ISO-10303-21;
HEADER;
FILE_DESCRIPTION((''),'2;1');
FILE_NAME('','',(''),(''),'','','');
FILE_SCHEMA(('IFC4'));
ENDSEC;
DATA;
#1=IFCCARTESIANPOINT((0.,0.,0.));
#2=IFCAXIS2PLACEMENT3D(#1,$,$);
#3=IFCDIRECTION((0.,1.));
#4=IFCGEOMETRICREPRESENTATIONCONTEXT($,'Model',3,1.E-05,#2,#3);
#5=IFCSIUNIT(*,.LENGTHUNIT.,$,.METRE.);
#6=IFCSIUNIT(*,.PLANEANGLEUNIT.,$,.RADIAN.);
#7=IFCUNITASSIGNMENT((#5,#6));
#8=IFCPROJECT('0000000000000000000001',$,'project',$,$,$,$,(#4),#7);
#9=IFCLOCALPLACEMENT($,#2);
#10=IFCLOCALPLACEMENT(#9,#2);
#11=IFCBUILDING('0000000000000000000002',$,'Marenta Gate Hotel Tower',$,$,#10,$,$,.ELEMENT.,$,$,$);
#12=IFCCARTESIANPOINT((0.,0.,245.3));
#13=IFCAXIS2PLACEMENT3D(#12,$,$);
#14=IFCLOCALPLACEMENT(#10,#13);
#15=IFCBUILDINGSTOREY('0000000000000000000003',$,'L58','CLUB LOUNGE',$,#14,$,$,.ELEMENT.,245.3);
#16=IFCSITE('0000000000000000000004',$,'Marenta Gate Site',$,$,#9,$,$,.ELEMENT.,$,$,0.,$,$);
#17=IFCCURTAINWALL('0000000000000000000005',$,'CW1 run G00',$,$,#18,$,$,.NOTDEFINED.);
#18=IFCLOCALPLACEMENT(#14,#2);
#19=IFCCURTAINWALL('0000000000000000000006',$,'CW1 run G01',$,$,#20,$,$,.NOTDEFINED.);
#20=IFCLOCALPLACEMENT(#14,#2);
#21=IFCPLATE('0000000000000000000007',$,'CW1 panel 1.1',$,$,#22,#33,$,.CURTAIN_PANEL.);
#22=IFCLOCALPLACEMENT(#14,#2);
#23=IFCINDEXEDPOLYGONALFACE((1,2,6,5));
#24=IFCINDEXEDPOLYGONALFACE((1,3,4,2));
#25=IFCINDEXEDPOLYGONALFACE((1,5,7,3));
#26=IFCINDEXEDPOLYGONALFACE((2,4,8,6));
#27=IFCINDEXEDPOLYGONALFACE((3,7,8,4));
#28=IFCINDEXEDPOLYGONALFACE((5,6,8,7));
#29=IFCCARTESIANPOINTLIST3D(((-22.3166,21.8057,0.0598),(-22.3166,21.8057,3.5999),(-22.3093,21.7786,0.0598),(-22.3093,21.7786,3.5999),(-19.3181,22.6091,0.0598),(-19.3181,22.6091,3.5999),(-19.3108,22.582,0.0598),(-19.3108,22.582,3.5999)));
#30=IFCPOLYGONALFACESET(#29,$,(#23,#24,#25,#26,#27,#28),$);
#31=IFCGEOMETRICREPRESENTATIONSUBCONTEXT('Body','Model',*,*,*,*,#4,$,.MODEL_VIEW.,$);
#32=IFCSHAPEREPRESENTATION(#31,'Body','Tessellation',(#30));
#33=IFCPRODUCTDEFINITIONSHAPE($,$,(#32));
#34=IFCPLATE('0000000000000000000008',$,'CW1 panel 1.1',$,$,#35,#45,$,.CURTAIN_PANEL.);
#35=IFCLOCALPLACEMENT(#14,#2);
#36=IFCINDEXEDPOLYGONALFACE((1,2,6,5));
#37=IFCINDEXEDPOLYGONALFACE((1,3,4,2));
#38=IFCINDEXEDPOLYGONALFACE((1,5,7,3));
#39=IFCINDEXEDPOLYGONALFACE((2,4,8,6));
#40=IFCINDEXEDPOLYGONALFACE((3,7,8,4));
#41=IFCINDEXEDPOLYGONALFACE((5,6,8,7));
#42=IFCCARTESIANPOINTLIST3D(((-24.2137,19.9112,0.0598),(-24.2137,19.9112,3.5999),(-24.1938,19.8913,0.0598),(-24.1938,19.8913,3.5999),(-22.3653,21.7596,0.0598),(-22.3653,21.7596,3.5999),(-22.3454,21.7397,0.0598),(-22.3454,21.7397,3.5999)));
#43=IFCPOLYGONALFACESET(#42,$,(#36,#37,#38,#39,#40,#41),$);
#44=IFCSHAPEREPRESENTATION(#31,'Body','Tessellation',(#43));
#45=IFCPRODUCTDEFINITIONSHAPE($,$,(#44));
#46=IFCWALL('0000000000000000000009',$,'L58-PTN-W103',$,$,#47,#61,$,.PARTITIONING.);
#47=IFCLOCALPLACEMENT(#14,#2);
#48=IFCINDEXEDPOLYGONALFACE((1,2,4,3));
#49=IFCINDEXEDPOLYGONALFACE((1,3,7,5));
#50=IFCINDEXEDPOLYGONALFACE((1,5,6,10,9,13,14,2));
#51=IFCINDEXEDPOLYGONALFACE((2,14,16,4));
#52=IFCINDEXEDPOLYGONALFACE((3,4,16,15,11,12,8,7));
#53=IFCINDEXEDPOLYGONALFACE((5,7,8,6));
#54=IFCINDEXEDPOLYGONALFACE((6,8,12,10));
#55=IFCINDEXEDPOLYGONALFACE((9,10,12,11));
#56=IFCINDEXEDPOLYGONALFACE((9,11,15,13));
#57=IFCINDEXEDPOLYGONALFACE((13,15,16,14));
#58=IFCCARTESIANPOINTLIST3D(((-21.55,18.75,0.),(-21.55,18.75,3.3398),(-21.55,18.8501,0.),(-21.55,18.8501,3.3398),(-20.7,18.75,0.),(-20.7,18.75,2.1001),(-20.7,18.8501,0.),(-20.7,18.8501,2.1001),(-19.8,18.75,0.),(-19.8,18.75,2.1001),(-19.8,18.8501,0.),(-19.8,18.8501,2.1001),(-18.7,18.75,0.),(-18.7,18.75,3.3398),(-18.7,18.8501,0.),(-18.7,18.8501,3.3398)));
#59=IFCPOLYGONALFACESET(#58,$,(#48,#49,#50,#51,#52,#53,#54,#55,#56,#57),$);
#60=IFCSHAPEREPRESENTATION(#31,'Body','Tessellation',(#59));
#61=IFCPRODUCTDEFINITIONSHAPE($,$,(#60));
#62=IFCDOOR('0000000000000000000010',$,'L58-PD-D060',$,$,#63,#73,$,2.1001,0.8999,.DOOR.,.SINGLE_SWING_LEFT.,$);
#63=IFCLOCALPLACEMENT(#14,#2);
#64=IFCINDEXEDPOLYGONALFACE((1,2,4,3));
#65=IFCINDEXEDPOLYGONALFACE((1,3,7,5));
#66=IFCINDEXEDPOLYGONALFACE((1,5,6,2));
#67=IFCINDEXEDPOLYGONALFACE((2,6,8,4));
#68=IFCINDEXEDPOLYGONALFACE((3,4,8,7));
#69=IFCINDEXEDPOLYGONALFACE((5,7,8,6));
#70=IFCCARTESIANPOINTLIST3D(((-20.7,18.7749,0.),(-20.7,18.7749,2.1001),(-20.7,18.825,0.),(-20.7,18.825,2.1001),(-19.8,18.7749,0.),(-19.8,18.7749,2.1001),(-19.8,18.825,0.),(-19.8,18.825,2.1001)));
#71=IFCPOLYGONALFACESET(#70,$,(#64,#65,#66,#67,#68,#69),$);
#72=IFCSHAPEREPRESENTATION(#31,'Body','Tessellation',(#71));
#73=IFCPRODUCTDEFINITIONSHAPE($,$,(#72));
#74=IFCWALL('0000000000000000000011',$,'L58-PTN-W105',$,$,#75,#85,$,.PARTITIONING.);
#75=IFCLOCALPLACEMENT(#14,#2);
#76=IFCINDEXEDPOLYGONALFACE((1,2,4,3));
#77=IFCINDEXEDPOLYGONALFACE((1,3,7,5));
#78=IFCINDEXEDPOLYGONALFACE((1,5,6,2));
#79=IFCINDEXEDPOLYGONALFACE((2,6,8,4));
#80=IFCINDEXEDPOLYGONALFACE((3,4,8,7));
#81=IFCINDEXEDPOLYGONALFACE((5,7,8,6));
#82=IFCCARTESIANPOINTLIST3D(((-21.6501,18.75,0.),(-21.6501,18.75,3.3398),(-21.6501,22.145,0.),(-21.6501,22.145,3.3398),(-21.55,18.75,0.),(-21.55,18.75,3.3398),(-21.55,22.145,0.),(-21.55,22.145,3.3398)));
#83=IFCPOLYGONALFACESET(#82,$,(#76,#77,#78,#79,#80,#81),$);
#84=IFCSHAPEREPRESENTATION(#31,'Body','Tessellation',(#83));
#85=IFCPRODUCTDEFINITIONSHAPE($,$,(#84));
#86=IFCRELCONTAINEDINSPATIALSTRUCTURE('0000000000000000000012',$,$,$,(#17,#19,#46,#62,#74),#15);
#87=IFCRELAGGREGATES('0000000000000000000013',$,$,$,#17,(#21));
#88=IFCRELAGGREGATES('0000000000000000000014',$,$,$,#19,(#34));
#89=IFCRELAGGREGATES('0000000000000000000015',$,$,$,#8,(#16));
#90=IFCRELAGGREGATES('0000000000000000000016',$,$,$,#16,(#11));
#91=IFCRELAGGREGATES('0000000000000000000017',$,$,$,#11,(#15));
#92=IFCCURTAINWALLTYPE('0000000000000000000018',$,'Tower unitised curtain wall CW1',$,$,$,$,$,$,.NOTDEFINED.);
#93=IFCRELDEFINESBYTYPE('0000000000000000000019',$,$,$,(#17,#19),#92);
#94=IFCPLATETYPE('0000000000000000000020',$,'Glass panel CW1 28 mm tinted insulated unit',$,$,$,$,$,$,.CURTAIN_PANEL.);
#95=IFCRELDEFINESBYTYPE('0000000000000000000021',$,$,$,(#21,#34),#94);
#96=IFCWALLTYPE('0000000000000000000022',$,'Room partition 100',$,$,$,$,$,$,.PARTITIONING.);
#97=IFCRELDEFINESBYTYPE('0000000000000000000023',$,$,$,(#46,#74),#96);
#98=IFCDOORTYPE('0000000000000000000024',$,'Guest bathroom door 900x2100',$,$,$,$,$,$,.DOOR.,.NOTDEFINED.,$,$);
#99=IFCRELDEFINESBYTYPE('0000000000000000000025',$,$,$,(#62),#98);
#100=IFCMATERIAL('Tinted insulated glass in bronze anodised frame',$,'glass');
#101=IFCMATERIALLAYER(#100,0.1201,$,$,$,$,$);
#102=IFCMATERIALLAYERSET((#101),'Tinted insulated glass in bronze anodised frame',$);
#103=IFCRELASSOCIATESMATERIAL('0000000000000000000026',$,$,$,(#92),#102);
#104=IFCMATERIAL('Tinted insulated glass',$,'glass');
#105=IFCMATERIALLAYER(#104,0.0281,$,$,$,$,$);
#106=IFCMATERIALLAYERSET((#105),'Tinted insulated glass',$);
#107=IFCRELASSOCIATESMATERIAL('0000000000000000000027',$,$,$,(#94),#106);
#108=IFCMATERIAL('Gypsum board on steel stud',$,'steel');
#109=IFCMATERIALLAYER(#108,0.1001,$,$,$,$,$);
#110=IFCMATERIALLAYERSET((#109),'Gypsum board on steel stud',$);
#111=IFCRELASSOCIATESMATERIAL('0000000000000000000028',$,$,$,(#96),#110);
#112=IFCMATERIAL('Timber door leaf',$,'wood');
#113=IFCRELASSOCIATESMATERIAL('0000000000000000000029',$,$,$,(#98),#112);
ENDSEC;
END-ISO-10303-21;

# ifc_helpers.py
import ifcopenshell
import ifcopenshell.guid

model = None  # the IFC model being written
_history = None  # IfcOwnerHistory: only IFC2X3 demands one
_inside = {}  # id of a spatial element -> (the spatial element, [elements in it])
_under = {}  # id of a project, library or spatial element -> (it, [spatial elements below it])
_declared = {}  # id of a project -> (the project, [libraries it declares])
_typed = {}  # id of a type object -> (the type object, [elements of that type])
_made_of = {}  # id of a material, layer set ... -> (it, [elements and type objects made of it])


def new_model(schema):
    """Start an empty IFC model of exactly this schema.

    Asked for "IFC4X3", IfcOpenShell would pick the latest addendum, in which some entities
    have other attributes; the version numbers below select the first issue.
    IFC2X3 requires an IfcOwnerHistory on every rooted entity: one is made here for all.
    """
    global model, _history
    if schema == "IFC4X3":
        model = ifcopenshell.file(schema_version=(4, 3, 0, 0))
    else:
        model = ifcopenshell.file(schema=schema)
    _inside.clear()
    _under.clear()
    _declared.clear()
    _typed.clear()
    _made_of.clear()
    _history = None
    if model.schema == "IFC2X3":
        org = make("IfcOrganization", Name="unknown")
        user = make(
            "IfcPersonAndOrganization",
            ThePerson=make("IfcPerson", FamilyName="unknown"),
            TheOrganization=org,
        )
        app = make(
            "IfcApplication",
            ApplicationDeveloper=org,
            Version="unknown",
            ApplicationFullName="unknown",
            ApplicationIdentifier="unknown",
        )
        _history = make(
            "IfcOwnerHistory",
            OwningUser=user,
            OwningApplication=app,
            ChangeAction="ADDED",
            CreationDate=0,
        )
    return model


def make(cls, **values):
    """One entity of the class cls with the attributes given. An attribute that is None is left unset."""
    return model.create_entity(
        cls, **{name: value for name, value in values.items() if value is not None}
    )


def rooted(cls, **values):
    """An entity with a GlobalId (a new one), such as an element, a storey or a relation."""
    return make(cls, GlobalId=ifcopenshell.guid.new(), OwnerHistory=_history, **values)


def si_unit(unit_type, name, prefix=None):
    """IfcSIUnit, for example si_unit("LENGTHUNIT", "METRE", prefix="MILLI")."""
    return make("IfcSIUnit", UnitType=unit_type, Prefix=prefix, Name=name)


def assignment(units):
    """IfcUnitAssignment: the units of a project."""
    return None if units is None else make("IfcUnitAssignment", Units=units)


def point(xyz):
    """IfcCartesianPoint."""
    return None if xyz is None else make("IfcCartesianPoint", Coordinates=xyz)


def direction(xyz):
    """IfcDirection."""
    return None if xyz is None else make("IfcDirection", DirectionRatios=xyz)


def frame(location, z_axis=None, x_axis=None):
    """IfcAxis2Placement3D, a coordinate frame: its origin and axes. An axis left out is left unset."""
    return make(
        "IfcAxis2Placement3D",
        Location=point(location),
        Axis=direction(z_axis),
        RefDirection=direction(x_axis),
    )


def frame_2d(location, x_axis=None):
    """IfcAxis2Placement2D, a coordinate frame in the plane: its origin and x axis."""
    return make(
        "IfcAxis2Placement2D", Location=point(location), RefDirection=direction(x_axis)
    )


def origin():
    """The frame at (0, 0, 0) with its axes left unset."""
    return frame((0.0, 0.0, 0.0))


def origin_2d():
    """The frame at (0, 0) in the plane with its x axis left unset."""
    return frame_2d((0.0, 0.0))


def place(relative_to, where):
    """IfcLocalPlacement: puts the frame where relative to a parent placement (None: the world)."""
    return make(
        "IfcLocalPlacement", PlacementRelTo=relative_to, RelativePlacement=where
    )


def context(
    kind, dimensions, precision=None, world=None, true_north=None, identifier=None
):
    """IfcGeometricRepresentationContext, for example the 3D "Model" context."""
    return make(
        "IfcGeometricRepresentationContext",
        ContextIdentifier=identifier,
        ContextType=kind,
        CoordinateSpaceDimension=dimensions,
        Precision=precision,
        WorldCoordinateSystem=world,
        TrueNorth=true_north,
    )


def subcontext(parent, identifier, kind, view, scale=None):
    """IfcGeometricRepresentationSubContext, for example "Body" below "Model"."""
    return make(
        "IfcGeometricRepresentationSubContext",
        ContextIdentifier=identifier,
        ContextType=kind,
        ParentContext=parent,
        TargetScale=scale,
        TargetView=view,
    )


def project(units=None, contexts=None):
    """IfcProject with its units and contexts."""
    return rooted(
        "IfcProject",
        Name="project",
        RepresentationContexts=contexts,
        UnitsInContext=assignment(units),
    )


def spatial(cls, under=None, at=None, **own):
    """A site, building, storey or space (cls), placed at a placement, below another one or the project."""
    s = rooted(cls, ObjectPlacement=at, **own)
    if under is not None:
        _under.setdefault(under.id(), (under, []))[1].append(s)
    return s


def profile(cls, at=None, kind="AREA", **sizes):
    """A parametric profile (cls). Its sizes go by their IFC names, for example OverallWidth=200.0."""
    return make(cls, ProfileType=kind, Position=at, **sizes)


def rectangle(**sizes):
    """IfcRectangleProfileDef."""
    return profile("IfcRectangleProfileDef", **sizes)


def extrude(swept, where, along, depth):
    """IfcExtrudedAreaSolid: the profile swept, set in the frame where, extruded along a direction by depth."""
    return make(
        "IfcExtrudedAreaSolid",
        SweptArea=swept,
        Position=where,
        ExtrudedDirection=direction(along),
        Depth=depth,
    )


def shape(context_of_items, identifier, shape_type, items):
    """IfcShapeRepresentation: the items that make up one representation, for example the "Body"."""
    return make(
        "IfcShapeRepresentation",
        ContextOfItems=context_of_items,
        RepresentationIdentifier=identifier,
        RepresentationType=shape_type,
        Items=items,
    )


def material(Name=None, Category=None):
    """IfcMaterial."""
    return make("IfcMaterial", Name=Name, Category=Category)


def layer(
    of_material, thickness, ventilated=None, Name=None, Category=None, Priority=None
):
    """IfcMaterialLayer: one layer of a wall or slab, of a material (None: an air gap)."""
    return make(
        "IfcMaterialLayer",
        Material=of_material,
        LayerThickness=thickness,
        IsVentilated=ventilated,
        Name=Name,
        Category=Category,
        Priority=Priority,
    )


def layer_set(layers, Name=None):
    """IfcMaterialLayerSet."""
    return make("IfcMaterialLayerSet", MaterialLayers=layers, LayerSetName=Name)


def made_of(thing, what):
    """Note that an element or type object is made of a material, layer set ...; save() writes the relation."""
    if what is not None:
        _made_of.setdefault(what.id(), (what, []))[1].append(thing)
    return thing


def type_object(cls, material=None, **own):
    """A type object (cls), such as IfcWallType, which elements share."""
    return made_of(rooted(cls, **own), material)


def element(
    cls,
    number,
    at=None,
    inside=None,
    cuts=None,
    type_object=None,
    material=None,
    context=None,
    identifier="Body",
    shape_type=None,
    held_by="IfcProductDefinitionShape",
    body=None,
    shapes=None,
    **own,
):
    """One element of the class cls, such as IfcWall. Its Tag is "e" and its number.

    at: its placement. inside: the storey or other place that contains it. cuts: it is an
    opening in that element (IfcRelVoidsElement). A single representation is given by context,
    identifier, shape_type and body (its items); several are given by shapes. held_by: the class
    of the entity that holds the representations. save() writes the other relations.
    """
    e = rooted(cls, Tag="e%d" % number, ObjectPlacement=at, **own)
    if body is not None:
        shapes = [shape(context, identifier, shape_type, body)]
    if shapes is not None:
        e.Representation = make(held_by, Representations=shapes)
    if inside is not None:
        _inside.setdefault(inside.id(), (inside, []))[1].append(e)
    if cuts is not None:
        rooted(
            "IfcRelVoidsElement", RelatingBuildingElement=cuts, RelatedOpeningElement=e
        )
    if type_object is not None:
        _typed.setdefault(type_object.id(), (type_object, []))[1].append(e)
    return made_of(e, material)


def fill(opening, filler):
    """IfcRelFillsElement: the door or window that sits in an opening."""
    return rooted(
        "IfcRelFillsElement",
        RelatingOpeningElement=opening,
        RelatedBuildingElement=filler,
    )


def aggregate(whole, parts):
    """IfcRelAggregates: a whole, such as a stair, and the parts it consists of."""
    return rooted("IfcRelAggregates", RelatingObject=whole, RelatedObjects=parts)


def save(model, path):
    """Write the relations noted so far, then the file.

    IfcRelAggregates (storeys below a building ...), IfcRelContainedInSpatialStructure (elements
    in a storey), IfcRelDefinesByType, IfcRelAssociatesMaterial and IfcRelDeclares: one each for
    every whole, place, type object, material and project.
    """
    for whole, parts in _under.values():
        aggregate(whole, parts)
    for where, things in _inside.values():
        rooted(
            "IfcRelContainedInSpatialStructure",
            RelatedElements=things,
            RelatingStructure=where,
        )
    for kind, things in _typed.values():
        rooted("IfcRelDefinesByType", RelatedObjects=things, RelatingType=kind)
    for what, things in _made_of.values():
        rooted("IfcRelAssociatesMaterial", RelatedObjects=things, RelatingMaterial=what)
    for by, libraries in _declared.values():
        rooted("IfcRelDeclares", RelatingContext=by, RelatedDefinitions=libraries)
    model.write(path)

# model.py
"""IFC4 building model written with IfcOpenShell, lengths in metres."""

from ifc_helpers import new_model, si_unit, direction, frame, frame_2d, origin, origin_2d, place, context, subcontext, project, spatial, rectangle, extrude, material, layer, layer_set, type_object, element, fill, aggregate, save


model = new_model("IFC4")

# Units and contexts
model_context = context("Model", 3, precision=1e-05, world=origin(), true_north=direction((0.0, 1.0)))
body_context = subcontext(model_context, "Body", "Model", "MODEL_VIEW")
ifc_project = project(units=[si_unit("LENGTHUNIT", "METRE"), si_unit("PLANEANGLEUNIT", "RADIAN")], contexts=[model_context])

# Site, building, storey
site_placement = place(None, origin())
site = spatial("IfcSite", under=ifc_project, at=site_placement, Name="Marenta Gate Site", CompositionType="ELEMENT", RefElevation=0.0)
building_placement = place(site_placement, origin())
building = spatial("IfcBuilding", under=site, at=building_placement, Name="Marenta Gate Hotel Tower", CompositionType="ELEMENT")
storey_placement = place(building_placement, frame((0.0, 0.0, 245.3)))
storey = spatial("IfcBuildingStorey", under=building, at=storey_placement, Name="L58", Description="CLUB LOUNGE", CompositionType="ELEMENT", Elevation=245.3)

# Curtain walls
ifc_material_1 = material(Name="Tinted insulated glass in bronze anodised frame", Category="glass")
ifc_layer_1 = layer(ifc_material_1, 0.1201)
ifc_layer_set_1 = layer_set([ifc_layer_1], Name="Tinted insulated glass in bronze anodised frame")
curtain_wall_type = type_object("IfcCurtainWallType", Name="Tower unitised curtain wall CW1", PredefinedType="NOTDEFINED", material=ifc_layer_set_1)
curtain_wall_1_placement = place(storey_placement, origin())
curtain_wall_1 = element("IfcCurtainWall", 1, at=curtain_wall_1_placement, inside=storey, type_object=curtain_wall_type, Name="CW1 run G00", PredefinedType="NOTDEFINED")
curtain_wall_2_placement = place(storey_placement, origin())
curtain_wall_2 = element("IfcCurtainWall", 2, at=curtain_wall_2_placement, inside=storey, type_object=curtain_wall_type, Name="CW1 run G01", PredefinedType="NOTDEFINED")

# Plates
ifc_material_2 = material(Name="Tinted insulated glass", Category="glass")
ifc_layer_2 = layer(ifc_material_2, 0.0281)
ifc_layer_set_2 = layer_set([ifc_layer_2], Name="Tinted insulated glass")
plate_type = type_object("IfcPlateType", Name="Glass panel CW1 28 mm tinted insulated unit", PredefinedType="CURTAIN_PANEL", material=ifc_layer_set_2)
plate_1_placement = place(storey_placement, frame((-20.8137, 22.1938, 0.0598), z_axis=(0.0, 0.0, 1.0), x_axis=(-0.965931, -0.258801, 0.0)))
plate_1 = element("IfcPlate", 3, at=plate_1_placement, type_object=plate_type, Name="CW1 panel 1.1", PredefinedType="CURTAIN_PANEL", context=body_context, shape_type="SweptSolid", body=[
    extrude(rectangle(XDim=3.1042, YDim=0.0281, at=origin_2d()), origin(), (0.0, 0.0, 1.0), 3.54),
])
aggregate(curtain_wall_1, [plate_1])
plate_2_placement = place(storey_placement, frame((-23.2795, 20.8254, 0.0598), z_axis=(0.0, 0.0, 1.0), x_axis=(-0.707107, -0.707107, 0.0)))
plate_2 = element("IfcPlate", 4, at=plate_2_placement, type_object=plate_type, Name="CW1 panel 1.1", PredefinedType="CURTAIN_PANEL", context=body_context, shape_type="SweptSolid", body=[
    extrude(rectangle(XDim=2.614, YDim=0.0281, at=origin_2d()), origin(), (0.0, 0.0, 1.0), 3.54),
])
aggregate(curtain_wall_2, [plate_2])

# Wall, opening, door
ifc_material_3 = material(Name="Gypsum board on steel stud", Category="steel")
ifc_layer_3 = layer(ifc_material_3, 0.1001)
ifc_layer_set_3 = layer_set([ifc_layer_3], Name="Gypsum board on steel stud")
wall_type = type_object("IfcWallType", Name="Room partition 100", PredefinedType="PARTITIONING", material=ifc_layer_set_3)
wall_1_placement = place(storey_placement, frame((-21.55, 18.8, 0.0), z_axis=(0.0, 0.0, 1.0), x_axis=(1.0, 0.0, 0.0)))
wall_1 = element("IfcWall", 5, at=wall_1_placement, inside=storey, type_object=wall_type, Name="L58-PTN-W103", PredefinedType="PARTITIONING", context=body_context, shape_type="SweptSolid", body=[
    extrude(rectangle(XDim=2.8501, YDim=0.1001, at=frame_2d((1.425, 0.0))), origin(), (0.0, 0.0, 1.0), 3.3398),
])
opening_placement = place(wall_1_placement, frame((0.8501, 0.0, 0.0)))
opening = element("IfcOpeningElement", 6, at=opening_placement, cuts=wall_1, PredefinedType="OPENING", context=body_context, shape_type="SweptSolid", body=[
    extrude(rectangle(XDim=0.8999, YDim=2.1001, at=frame_2d((0.45, 1.05))), frame((0.0, 0.05, 0.0), z_axis=(0.0, -1.0, 0.0), x_axis=(1.0, 0.0, 0.0)), (0.0, 0.0, 1.0), 0.1001),
])
ifc_material_4 = material(Name="Timber door leaf", Category="wood")
door_type = type_object("IfcDoorType", Name="Guest bathroom door 900x2100", OperationType="NOTDEFINED", PredefinedType="DOOR", material=ifc_material_4)
door_placement = place(opening_placement, origin())
door = element("IfcDoor", 7, at=door_placement, inside=storey, type_object=door_type, Name="L58-PD-D060", OperationType="SINGLE_SWING_LEFT", OverallHeight=2.1001, OverallWidth=0.8999, PredefinedType="DOOR", context=body_context, shape_type="SweptSolid", body=[
    extrude(rectangle(XDim=0.8999, YDim=2.1001, at=frame_2d((0.45, 1.05))), frame((0.0, 0.0249, 0.0), z_axis=(0.0, -1.0, 0.0), x_axis=(1.0, 0.0, 0.0)), (0.0, 0.0, 1.0), 0.05),
])
fill(opening, door)

# Wall
wall_2_placement = place(storey_placement, frame((-21.6001, 18.75, 0.0), z_axis=(0.0, 0.0, 1.0), x_axis=(0.0, 1.0, 0.0)))
element("IfcWall", 8, at=wall_2_placement, inside=storey, type_object=wall_type, Name="L58-PTN-W105", PredefinedType="PARTITIONING", context=body_context, shape_type="SweptSolid", body=[
    extrude(rectangle(XDim=3.395, YDim=0.1001, at=frame_2d((1.6975, 0.0))), origin(), (0.0, 0.0, 1.0), 3.3398),
])

save(model, "model.ifc")
